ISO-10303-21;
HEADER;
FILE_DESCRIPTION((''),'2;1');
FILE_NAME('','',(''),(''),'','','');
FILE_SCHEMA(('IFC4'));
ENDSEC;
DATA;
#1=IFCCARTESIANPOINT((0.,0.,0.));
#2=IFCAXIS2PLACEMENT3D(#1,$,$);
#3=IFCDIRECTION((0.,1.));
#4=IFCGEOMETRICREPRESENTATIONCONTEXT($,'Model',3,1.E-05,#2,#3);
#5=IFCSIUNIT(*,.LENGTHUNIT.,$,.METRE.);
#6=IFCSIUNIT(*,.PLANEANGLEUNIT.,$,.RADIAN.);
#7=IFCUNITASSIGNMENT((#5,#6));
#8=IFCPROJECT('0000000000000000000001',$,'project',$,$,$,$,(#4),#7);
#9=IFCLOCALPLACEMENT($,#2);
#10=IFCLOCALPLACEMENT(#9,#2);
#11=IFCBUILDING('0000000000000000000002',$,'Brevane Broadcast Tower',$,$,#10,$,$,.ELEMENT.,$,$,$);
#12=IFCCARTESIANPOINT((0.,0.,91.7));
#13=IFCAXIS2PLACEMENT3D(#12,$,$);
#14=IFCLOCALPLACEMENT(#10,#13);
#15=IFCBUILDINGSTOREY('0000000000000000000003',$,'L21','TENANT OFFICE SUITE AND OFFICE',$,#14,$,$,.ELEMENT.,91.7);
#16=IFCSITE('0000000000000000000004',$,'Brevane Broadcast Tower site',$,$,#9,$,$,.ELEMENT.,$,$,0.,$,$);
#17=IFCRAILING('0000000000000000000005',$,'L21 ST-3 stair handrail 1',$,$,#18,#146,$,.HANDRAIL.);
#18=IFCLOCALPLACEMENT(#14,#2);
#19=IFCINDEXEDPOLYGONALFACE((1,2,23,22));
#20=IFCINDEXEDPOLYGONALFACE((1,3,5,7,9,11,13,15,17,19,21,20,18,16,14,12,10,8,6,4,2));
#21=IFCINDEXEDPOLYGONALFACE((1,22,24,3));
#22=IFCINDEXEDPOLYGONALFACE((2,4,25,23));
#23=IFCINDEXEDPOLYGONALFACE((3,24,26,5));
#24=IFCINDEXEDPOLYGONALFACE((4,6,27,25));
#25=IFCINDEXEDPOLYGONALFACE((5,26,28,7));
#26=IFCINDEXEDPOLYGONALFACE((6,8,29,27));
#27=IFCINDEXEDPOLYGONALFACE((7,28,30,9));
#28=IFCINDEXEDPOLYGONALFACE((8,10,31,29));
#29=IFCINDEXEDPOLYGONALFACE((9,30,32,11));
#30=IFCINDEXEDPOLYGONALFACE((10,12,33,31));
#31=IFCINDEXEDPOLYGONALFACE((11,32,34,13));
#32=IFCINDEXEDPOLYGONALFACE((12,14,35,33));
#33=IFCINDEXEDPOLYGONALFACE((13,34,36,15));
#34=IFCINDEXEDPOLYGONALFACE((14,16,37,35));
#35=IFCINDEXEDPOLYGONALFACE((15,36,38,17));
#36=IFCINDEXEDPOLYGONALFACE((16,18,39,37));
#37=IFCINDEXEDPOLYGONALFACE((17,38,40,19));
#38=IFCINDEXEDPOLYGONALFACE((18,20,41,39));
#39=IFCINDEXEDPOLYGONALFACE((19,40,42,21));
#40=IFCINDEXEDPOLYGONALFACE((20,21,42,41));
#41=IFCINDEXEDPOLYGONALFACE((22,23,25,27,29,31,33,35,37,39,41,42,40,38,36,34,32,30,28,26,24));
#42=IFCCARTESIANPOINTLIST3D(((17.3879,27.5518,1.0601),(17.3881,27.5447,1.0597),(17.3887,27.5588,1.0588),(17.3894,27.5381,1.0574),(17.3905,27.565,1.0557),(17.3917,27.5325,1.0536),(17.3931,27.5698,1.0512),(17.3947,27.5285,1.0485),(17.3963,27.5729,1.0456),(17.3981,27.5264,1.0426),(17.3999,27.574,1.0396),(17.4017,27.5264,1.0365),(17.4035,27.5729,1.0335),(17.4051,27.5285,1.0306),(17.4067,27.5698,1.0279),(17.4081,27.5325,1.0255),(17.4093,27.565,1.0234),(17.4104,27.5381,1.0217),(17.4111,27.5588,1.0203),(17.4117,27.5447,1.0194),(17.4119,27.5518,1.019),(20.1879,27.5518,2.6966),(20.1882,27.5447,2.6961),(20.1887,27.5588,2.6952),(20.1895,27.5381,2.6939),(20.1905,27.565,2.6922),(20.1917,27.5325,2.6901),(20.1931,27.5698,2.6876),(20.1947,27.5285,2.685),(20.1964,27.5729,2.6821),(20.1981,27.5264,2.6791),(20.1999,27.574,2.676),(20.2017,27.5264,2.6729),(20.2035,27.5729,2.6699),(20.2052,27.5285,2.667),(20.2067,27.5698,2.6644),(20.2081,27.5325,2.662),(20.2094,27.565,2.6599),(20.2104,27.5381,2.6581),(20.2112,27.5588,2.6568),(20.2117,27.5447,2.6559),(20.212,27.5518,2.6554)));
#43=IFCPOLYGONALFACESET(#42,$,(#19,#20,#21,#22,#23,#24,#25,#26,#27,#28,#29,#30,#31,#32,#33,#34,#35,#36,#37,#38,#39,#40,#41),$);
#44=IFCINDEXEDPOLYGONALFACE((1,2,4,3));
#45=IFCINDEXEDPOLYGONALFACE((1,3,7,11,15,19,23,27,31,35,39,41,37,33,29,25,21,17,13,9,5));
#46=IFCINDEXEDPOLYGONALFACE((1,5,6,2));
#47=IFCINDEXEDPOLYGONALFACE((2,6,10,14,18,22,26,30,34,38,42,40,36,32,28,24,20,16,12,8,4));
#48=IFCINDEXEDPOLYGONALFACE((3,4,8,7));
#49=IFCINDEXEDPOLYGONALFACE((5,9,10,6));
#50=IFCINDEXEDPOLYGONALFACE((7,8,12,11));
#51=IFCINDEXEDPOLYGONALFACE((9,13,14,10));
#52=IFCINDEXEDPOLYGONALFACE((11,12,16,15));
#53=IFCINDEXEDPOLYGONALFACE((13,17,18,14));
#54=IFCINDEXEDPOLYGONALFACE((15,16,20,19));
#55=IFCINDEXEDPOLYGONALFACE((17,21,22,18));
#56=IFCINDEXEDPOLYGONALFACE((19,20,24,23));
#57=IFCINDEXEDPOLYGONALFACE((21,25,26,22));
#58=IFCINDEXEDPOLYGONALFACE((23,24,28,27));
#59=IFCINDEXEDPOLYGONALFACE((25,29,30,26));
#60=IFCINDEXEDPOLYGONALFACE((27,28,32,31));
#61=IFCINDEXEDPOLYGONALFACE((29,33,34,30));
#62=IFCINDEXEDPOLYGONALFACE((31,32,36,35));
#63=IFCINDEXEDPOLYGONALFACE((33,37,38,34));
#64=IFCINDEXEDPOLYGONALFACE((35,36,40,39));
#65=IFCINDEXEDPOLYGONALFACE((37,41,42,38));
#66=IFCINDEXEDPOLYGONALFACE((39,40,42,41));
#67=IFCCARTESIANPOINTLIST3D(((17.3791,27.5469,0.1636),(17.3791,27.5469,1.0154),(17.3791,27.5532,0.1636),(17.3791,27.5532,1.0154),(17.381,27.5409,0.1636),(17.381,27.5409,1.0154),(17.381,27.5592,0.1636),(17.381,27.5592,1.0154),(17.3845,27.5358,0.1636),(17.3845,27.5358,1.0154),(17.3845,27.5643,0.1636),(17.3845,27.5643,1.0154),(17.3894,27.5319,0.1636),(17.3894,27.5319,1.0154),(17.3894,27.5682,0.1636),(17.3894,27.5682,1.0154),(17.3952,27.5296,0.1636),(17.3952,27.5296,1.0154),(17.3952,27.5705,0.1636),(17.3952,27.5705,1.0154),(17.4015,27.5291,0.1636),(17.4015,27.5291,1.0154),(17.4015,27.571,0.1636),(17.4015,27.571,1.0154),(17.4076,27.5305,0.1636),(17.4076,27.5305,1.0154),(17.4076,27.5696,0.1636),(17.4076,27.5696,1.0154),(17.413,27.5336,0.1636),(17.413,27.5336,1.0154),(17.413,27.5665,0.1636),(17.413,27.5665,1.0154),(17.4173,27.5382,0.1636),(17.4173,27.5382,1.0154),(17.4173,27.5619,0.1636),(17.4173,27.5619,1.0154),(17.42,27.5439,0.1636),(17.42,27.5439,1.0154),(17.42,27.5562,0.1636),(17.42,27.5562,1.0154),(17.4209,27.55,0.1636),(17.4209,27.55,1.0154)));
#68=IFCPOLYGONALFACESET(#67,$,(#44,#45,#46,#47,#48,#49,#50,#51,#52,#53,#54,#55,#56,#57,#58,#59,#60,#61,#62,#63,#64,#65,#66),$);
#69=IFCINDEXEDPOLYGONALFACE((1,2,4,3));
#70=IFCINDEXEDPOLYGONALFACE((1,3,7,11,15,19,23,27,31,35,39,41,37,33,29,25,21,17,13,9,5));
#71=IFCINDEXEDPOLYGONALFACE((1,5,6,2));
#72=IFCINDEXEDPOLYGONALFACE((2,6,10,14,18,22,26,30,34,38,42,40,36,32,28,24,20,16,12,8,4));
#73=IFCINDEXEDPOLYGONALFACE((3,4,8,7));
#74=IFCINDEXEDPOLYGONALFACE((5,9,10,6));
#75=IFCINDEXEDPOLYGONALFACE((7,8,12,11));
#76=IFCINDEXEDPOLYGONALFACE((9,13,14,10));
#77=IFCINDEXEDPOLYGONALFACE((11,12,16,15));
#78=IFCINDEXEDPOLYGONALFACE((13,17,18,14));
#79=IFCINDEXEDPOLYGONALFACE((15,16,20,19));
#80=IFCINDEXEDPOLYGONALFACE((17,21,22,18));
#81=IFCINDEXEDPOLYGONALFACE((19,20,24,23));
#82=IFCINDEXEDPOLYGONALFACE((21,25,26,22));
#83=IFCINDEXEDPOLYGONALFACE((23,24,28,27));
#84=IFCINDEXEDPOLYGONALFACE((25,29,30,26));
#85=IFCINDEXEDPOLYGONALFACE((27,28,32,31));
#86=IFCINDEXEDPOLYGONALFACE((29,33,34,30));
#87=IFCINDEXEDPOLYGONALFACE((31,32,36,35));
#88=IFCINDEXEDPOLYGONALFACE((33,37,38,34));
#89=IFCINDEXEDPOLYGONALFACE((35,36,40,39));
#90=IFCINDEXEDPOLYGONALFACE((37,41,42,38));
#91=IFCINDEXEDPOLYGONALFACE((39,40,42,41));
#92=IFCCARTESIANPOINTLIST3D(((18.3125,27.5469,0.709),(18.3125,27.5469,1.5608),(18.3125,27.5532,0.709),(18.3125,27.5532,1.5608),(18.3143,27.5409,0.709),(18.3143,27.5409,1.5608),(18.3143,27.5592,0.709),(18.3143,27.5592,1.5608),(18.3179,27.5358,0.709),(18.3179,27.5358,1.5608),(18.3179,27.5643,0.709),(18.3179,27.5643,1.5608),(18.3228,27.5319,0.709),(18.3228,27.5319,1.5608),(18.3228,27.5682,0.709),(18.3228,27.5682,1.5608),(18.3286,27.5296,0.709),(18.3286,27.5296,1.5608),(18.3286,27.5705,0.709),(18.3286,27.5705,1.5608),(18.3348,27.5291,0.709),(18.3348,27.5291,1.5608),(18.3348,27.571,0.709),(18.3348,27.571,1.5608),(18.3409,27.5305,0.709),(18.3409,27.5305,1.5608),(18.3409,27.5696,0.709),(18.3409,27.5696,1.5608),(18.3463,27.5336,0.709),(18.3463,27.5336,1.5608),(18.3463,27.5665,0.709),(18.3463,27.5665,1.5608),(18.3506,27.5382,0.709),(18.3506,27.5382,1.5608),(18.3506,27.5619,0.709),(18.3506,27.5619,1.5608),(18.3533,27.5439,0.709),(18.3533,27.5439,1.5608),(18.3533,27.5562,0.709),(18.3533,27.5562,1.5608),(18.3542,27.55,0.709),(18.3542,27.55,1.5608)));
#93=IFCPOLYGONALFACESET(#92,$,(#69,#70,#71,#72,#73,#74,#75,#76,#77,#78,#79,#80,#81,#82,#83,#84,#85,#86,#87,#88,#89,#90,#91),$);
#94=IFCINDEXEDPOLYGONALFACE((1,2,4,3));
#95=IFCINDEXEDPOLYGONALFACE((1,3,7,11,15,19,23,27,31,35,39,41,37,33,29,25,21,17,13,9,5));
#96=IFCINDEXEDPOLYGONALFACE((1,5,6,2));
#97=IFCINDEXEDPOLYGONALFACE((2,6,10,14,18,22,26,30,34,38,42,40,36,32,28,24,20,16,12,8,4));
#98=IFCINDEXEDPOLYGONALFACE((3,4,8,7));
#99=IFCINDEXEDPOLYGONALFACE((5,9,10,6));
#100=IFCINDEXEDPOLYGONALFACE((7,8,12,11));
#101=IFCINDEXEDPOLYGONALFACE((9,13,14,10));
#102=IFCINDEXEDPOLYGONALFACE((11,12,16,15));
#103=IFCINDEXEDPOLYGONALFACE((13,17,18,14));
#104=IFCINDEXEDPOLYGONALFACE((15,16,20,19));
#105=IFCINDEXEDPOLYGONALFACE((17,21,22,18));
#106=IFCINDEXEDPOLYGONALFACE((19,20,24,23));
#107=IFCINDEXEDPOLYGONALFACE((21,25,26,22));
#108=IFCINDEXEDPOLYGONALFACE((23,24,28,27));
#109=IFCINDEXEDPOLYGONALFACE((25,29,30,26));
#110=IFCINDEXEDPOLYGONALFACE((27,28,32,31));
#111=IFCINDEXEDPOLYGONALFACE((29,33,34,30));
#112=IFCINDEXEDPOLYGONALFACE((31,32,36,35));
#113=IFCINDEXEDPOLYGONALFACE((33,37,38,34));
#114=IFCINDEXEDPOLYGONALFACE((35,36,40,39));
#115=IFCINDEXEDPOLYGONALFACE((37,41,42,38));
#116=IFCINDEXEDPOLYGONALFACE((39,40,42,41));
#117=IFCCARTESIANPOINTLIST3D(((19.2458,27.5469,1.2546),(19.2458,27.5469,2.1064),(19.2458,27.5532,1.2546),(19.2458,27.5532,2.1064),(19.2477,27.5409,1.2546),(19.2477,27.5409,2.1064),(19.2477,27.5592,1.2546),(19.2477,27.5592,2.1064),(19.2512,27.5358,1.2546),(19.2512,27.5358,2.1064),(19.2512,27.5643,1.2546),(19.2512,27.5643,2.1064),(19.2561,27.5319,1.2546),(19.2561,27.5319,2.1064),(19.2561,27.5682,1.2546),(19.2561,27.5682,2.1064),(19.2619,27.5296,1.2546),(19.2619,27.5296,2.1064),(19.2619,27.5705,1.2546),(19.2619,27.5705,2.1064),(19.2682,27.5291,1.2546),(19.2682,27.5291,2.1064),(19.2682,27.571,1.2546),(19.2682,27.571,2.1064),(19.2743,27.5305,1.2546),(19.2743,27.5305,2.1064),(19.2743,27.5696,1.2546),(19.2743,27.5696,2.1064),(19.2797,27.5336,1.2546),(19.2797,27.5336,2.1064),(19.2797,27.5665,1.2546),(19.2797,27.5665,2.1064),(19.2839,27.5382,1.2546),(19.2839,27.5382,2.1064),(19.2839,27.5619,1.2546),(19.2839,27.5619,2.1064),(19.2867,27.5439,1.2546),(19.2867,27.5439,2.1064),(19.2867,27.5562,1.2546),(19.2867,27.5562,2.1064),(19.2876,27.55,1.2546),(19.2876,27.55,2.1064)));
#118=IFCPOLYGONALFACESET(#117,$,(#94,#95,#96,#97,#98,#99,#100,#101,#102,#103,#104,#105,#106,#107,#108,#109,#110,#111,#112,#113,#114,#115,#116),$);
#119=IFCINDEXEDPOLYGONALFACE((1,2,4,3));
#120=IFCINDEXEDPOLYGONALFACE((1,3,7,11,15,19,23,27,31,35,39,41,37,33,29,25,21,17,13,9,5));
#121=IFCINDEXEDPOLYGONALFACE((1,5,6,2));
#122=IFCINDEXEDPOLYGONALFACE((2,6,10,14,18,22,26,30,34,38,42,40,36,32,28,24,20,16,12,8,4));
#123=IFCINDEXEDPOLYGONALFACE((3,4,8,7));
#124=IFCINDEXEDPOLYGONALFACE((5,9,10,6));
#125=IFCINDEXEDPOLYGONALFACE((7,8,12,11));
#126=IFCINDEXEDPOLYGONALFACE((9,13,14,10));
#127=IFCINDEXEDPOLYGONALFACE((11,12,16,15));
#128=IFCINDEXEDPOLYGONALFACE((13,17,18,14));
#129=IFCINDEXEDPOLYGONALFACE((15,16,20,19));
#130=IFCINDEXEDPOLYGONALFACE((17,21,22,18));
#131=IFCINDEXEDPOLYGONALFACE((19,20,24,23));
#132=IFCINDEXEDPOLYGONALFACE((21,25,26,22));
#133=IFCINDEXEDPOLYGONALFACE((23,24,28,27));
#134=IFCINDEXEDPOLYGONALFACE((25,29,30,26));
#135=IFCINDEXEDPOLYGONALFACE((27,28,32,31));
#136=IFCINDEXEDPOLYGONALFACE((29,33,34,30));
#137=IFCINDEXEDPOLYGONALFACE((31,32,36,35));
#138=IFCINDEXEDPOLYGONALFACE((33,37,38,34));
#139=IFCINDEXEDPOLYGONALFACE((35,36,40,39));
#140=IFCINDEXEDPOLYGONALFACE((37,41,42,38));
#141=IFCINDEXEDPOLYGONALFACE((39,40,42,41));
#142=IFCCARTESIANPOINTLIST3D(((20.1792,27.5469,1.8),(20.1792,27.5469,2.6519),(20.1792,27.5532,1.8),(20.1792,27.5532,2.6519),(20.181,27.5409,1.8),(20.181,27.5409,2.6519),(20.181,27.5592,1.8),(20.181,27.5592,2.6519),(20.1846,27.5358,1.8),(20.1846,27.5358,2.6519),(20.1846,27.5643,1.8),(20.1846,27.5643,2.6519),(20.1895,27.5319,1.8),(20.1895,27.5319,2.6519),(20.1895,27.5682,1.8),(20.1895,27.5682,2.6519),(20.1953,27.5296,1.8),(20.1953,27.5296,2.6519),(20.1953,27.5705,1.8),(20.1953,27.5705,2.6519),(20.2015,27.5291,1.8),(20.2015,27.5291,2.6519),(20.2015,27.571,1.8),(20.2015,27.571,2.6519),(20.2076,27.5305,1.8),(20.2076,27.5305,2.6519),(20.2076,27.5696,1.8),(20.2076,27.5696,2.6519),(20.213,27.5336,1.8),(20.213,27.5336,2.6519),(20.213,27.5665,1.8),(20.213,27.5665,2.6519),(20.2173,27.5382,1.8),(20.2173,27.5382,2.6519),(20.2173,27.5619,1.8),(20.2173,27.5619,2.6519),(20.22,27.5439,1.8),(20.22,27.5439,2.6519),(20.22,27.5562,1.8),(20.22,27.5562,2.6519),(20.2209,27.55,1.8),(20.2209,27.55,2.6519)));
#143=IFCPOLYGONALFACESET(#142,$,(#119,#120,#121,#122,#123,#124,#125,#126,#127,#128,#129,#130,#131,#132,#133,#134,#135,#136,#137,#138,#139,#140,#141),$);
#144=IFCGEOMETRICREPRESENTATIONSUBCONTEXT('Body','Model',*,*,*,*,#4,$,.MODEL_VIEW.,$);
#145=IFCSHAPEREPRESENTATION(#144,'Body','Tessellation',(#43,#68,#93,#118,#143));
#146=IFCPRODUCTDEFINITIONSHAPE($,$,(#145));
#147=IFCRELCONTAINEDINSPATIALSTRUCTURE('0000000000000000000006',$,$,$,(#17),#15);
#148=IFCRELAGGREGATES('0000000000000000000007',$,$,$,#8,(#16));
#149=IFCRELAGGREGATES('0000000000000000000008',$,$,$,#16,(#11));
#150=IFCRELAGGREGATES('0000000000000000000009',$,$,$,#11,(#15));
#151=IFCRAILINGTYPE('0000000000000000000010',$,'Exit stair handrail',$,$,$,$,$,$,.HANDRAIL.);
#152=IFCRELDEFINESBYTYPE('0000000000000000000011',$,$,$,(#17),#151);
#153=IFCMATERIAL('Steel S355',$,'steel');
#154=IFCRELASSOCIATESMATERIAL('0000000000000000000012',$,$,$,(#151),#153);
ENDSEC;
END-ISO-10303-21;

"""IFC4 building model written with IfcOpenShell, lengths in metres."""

from ifc_helpers import new_model, si_unit, direction, frame, origin, origin_2d, place, context, subcontext, project, spatial, circle, extrude, material, type_object, element, save


model = new_model("IFC4")

# Units and contexts
model_context = context("Model", 3, precision=1e-05, world=origin(), true_north=direction((0.0, 1.0)))
body_context = subcontext(model_context, "Body", "Model", "MODEL_VIEW")
ifc_project = project(units=[si_unit("LENGTHUNIT", "METRE"), si_unit("PLANEANGLEUNIT", "RADIAN")], contexts=[model_context])

# Site, building, storey
site_placement = place(None, origin())
site = spatial("IfcSite", under=ifc_project, at=site_placement, Name="Brevane Broadcast Tower site", CompositionType="ELEMENT", RefElevation=0.0)
building_placement = place(site_placement, origin())
building = spatial("IfcBuilding", under=site, at=building_placement, Name="Brevane Broadcast Tower", CompositionType="ELEMENT")
storey_placement = place(building_placement, frame((0.0, 0.0, 91.7)))
storey = spatial("IfcBuildingStorey", under=building, at=storey_placement, Name="L21", Description="TENANT OFFICE SUITE AND OFFICE", CompositionType="ELEMENT", Elevation=91.7)

# Railing
ifc_material_1 = material(Name="Steel S355", Category="steel")
railing_type_1 = type_object("IfcRailingType", Name="Exit stair handrail", PredefinedType="HANDRAIL", material=ifc_material_1)
railing_1_placement = place(storey_placement, frame((17.3999, 27.55, 0.1636)))
element("IfcRailing", 1, at=railing_1_placement, inside=storey, type_object=railing_type_1, Name="L21 ST-3 stair handrail 1", PredefinedType="HANDRAIL", context=body_context, shape_type="SweptSolid", body=[
    extrude(circle(Radius=0.0239, at=origin_2d()), frame((0.0, 0.0, 0.876), z_axis=(0.863361, 0.0, 0.504587), x_axis=(0.0, 1.0, 0.0)), (0.0, 0.0, 1.0), 3.2432),
    extrude(circle(Radius=0.021, at=origin_2d()), origin(), (0.0, 0.0, 1.0), 0.8518),
    extrude(circle(Radius=0.021, at=origin_2d()), frame((0.9333, 0.0, 0.5454)), (0.0, 0.0, 1.0), 0.8518),
    extrude(circle(Radius=0.021, at=origin_2d()), frame((1.8667, 0.0, 1.0911)), (0.0, 0.0, 1.0), 0.8518),
    extrude(circle(Radius=0.021, at=origin_2d()), frame((2.8, 0.0, 1.6365)), (0.0, 0.0, 1.0), 0.8518),
])

save(model, "model.ifc")
